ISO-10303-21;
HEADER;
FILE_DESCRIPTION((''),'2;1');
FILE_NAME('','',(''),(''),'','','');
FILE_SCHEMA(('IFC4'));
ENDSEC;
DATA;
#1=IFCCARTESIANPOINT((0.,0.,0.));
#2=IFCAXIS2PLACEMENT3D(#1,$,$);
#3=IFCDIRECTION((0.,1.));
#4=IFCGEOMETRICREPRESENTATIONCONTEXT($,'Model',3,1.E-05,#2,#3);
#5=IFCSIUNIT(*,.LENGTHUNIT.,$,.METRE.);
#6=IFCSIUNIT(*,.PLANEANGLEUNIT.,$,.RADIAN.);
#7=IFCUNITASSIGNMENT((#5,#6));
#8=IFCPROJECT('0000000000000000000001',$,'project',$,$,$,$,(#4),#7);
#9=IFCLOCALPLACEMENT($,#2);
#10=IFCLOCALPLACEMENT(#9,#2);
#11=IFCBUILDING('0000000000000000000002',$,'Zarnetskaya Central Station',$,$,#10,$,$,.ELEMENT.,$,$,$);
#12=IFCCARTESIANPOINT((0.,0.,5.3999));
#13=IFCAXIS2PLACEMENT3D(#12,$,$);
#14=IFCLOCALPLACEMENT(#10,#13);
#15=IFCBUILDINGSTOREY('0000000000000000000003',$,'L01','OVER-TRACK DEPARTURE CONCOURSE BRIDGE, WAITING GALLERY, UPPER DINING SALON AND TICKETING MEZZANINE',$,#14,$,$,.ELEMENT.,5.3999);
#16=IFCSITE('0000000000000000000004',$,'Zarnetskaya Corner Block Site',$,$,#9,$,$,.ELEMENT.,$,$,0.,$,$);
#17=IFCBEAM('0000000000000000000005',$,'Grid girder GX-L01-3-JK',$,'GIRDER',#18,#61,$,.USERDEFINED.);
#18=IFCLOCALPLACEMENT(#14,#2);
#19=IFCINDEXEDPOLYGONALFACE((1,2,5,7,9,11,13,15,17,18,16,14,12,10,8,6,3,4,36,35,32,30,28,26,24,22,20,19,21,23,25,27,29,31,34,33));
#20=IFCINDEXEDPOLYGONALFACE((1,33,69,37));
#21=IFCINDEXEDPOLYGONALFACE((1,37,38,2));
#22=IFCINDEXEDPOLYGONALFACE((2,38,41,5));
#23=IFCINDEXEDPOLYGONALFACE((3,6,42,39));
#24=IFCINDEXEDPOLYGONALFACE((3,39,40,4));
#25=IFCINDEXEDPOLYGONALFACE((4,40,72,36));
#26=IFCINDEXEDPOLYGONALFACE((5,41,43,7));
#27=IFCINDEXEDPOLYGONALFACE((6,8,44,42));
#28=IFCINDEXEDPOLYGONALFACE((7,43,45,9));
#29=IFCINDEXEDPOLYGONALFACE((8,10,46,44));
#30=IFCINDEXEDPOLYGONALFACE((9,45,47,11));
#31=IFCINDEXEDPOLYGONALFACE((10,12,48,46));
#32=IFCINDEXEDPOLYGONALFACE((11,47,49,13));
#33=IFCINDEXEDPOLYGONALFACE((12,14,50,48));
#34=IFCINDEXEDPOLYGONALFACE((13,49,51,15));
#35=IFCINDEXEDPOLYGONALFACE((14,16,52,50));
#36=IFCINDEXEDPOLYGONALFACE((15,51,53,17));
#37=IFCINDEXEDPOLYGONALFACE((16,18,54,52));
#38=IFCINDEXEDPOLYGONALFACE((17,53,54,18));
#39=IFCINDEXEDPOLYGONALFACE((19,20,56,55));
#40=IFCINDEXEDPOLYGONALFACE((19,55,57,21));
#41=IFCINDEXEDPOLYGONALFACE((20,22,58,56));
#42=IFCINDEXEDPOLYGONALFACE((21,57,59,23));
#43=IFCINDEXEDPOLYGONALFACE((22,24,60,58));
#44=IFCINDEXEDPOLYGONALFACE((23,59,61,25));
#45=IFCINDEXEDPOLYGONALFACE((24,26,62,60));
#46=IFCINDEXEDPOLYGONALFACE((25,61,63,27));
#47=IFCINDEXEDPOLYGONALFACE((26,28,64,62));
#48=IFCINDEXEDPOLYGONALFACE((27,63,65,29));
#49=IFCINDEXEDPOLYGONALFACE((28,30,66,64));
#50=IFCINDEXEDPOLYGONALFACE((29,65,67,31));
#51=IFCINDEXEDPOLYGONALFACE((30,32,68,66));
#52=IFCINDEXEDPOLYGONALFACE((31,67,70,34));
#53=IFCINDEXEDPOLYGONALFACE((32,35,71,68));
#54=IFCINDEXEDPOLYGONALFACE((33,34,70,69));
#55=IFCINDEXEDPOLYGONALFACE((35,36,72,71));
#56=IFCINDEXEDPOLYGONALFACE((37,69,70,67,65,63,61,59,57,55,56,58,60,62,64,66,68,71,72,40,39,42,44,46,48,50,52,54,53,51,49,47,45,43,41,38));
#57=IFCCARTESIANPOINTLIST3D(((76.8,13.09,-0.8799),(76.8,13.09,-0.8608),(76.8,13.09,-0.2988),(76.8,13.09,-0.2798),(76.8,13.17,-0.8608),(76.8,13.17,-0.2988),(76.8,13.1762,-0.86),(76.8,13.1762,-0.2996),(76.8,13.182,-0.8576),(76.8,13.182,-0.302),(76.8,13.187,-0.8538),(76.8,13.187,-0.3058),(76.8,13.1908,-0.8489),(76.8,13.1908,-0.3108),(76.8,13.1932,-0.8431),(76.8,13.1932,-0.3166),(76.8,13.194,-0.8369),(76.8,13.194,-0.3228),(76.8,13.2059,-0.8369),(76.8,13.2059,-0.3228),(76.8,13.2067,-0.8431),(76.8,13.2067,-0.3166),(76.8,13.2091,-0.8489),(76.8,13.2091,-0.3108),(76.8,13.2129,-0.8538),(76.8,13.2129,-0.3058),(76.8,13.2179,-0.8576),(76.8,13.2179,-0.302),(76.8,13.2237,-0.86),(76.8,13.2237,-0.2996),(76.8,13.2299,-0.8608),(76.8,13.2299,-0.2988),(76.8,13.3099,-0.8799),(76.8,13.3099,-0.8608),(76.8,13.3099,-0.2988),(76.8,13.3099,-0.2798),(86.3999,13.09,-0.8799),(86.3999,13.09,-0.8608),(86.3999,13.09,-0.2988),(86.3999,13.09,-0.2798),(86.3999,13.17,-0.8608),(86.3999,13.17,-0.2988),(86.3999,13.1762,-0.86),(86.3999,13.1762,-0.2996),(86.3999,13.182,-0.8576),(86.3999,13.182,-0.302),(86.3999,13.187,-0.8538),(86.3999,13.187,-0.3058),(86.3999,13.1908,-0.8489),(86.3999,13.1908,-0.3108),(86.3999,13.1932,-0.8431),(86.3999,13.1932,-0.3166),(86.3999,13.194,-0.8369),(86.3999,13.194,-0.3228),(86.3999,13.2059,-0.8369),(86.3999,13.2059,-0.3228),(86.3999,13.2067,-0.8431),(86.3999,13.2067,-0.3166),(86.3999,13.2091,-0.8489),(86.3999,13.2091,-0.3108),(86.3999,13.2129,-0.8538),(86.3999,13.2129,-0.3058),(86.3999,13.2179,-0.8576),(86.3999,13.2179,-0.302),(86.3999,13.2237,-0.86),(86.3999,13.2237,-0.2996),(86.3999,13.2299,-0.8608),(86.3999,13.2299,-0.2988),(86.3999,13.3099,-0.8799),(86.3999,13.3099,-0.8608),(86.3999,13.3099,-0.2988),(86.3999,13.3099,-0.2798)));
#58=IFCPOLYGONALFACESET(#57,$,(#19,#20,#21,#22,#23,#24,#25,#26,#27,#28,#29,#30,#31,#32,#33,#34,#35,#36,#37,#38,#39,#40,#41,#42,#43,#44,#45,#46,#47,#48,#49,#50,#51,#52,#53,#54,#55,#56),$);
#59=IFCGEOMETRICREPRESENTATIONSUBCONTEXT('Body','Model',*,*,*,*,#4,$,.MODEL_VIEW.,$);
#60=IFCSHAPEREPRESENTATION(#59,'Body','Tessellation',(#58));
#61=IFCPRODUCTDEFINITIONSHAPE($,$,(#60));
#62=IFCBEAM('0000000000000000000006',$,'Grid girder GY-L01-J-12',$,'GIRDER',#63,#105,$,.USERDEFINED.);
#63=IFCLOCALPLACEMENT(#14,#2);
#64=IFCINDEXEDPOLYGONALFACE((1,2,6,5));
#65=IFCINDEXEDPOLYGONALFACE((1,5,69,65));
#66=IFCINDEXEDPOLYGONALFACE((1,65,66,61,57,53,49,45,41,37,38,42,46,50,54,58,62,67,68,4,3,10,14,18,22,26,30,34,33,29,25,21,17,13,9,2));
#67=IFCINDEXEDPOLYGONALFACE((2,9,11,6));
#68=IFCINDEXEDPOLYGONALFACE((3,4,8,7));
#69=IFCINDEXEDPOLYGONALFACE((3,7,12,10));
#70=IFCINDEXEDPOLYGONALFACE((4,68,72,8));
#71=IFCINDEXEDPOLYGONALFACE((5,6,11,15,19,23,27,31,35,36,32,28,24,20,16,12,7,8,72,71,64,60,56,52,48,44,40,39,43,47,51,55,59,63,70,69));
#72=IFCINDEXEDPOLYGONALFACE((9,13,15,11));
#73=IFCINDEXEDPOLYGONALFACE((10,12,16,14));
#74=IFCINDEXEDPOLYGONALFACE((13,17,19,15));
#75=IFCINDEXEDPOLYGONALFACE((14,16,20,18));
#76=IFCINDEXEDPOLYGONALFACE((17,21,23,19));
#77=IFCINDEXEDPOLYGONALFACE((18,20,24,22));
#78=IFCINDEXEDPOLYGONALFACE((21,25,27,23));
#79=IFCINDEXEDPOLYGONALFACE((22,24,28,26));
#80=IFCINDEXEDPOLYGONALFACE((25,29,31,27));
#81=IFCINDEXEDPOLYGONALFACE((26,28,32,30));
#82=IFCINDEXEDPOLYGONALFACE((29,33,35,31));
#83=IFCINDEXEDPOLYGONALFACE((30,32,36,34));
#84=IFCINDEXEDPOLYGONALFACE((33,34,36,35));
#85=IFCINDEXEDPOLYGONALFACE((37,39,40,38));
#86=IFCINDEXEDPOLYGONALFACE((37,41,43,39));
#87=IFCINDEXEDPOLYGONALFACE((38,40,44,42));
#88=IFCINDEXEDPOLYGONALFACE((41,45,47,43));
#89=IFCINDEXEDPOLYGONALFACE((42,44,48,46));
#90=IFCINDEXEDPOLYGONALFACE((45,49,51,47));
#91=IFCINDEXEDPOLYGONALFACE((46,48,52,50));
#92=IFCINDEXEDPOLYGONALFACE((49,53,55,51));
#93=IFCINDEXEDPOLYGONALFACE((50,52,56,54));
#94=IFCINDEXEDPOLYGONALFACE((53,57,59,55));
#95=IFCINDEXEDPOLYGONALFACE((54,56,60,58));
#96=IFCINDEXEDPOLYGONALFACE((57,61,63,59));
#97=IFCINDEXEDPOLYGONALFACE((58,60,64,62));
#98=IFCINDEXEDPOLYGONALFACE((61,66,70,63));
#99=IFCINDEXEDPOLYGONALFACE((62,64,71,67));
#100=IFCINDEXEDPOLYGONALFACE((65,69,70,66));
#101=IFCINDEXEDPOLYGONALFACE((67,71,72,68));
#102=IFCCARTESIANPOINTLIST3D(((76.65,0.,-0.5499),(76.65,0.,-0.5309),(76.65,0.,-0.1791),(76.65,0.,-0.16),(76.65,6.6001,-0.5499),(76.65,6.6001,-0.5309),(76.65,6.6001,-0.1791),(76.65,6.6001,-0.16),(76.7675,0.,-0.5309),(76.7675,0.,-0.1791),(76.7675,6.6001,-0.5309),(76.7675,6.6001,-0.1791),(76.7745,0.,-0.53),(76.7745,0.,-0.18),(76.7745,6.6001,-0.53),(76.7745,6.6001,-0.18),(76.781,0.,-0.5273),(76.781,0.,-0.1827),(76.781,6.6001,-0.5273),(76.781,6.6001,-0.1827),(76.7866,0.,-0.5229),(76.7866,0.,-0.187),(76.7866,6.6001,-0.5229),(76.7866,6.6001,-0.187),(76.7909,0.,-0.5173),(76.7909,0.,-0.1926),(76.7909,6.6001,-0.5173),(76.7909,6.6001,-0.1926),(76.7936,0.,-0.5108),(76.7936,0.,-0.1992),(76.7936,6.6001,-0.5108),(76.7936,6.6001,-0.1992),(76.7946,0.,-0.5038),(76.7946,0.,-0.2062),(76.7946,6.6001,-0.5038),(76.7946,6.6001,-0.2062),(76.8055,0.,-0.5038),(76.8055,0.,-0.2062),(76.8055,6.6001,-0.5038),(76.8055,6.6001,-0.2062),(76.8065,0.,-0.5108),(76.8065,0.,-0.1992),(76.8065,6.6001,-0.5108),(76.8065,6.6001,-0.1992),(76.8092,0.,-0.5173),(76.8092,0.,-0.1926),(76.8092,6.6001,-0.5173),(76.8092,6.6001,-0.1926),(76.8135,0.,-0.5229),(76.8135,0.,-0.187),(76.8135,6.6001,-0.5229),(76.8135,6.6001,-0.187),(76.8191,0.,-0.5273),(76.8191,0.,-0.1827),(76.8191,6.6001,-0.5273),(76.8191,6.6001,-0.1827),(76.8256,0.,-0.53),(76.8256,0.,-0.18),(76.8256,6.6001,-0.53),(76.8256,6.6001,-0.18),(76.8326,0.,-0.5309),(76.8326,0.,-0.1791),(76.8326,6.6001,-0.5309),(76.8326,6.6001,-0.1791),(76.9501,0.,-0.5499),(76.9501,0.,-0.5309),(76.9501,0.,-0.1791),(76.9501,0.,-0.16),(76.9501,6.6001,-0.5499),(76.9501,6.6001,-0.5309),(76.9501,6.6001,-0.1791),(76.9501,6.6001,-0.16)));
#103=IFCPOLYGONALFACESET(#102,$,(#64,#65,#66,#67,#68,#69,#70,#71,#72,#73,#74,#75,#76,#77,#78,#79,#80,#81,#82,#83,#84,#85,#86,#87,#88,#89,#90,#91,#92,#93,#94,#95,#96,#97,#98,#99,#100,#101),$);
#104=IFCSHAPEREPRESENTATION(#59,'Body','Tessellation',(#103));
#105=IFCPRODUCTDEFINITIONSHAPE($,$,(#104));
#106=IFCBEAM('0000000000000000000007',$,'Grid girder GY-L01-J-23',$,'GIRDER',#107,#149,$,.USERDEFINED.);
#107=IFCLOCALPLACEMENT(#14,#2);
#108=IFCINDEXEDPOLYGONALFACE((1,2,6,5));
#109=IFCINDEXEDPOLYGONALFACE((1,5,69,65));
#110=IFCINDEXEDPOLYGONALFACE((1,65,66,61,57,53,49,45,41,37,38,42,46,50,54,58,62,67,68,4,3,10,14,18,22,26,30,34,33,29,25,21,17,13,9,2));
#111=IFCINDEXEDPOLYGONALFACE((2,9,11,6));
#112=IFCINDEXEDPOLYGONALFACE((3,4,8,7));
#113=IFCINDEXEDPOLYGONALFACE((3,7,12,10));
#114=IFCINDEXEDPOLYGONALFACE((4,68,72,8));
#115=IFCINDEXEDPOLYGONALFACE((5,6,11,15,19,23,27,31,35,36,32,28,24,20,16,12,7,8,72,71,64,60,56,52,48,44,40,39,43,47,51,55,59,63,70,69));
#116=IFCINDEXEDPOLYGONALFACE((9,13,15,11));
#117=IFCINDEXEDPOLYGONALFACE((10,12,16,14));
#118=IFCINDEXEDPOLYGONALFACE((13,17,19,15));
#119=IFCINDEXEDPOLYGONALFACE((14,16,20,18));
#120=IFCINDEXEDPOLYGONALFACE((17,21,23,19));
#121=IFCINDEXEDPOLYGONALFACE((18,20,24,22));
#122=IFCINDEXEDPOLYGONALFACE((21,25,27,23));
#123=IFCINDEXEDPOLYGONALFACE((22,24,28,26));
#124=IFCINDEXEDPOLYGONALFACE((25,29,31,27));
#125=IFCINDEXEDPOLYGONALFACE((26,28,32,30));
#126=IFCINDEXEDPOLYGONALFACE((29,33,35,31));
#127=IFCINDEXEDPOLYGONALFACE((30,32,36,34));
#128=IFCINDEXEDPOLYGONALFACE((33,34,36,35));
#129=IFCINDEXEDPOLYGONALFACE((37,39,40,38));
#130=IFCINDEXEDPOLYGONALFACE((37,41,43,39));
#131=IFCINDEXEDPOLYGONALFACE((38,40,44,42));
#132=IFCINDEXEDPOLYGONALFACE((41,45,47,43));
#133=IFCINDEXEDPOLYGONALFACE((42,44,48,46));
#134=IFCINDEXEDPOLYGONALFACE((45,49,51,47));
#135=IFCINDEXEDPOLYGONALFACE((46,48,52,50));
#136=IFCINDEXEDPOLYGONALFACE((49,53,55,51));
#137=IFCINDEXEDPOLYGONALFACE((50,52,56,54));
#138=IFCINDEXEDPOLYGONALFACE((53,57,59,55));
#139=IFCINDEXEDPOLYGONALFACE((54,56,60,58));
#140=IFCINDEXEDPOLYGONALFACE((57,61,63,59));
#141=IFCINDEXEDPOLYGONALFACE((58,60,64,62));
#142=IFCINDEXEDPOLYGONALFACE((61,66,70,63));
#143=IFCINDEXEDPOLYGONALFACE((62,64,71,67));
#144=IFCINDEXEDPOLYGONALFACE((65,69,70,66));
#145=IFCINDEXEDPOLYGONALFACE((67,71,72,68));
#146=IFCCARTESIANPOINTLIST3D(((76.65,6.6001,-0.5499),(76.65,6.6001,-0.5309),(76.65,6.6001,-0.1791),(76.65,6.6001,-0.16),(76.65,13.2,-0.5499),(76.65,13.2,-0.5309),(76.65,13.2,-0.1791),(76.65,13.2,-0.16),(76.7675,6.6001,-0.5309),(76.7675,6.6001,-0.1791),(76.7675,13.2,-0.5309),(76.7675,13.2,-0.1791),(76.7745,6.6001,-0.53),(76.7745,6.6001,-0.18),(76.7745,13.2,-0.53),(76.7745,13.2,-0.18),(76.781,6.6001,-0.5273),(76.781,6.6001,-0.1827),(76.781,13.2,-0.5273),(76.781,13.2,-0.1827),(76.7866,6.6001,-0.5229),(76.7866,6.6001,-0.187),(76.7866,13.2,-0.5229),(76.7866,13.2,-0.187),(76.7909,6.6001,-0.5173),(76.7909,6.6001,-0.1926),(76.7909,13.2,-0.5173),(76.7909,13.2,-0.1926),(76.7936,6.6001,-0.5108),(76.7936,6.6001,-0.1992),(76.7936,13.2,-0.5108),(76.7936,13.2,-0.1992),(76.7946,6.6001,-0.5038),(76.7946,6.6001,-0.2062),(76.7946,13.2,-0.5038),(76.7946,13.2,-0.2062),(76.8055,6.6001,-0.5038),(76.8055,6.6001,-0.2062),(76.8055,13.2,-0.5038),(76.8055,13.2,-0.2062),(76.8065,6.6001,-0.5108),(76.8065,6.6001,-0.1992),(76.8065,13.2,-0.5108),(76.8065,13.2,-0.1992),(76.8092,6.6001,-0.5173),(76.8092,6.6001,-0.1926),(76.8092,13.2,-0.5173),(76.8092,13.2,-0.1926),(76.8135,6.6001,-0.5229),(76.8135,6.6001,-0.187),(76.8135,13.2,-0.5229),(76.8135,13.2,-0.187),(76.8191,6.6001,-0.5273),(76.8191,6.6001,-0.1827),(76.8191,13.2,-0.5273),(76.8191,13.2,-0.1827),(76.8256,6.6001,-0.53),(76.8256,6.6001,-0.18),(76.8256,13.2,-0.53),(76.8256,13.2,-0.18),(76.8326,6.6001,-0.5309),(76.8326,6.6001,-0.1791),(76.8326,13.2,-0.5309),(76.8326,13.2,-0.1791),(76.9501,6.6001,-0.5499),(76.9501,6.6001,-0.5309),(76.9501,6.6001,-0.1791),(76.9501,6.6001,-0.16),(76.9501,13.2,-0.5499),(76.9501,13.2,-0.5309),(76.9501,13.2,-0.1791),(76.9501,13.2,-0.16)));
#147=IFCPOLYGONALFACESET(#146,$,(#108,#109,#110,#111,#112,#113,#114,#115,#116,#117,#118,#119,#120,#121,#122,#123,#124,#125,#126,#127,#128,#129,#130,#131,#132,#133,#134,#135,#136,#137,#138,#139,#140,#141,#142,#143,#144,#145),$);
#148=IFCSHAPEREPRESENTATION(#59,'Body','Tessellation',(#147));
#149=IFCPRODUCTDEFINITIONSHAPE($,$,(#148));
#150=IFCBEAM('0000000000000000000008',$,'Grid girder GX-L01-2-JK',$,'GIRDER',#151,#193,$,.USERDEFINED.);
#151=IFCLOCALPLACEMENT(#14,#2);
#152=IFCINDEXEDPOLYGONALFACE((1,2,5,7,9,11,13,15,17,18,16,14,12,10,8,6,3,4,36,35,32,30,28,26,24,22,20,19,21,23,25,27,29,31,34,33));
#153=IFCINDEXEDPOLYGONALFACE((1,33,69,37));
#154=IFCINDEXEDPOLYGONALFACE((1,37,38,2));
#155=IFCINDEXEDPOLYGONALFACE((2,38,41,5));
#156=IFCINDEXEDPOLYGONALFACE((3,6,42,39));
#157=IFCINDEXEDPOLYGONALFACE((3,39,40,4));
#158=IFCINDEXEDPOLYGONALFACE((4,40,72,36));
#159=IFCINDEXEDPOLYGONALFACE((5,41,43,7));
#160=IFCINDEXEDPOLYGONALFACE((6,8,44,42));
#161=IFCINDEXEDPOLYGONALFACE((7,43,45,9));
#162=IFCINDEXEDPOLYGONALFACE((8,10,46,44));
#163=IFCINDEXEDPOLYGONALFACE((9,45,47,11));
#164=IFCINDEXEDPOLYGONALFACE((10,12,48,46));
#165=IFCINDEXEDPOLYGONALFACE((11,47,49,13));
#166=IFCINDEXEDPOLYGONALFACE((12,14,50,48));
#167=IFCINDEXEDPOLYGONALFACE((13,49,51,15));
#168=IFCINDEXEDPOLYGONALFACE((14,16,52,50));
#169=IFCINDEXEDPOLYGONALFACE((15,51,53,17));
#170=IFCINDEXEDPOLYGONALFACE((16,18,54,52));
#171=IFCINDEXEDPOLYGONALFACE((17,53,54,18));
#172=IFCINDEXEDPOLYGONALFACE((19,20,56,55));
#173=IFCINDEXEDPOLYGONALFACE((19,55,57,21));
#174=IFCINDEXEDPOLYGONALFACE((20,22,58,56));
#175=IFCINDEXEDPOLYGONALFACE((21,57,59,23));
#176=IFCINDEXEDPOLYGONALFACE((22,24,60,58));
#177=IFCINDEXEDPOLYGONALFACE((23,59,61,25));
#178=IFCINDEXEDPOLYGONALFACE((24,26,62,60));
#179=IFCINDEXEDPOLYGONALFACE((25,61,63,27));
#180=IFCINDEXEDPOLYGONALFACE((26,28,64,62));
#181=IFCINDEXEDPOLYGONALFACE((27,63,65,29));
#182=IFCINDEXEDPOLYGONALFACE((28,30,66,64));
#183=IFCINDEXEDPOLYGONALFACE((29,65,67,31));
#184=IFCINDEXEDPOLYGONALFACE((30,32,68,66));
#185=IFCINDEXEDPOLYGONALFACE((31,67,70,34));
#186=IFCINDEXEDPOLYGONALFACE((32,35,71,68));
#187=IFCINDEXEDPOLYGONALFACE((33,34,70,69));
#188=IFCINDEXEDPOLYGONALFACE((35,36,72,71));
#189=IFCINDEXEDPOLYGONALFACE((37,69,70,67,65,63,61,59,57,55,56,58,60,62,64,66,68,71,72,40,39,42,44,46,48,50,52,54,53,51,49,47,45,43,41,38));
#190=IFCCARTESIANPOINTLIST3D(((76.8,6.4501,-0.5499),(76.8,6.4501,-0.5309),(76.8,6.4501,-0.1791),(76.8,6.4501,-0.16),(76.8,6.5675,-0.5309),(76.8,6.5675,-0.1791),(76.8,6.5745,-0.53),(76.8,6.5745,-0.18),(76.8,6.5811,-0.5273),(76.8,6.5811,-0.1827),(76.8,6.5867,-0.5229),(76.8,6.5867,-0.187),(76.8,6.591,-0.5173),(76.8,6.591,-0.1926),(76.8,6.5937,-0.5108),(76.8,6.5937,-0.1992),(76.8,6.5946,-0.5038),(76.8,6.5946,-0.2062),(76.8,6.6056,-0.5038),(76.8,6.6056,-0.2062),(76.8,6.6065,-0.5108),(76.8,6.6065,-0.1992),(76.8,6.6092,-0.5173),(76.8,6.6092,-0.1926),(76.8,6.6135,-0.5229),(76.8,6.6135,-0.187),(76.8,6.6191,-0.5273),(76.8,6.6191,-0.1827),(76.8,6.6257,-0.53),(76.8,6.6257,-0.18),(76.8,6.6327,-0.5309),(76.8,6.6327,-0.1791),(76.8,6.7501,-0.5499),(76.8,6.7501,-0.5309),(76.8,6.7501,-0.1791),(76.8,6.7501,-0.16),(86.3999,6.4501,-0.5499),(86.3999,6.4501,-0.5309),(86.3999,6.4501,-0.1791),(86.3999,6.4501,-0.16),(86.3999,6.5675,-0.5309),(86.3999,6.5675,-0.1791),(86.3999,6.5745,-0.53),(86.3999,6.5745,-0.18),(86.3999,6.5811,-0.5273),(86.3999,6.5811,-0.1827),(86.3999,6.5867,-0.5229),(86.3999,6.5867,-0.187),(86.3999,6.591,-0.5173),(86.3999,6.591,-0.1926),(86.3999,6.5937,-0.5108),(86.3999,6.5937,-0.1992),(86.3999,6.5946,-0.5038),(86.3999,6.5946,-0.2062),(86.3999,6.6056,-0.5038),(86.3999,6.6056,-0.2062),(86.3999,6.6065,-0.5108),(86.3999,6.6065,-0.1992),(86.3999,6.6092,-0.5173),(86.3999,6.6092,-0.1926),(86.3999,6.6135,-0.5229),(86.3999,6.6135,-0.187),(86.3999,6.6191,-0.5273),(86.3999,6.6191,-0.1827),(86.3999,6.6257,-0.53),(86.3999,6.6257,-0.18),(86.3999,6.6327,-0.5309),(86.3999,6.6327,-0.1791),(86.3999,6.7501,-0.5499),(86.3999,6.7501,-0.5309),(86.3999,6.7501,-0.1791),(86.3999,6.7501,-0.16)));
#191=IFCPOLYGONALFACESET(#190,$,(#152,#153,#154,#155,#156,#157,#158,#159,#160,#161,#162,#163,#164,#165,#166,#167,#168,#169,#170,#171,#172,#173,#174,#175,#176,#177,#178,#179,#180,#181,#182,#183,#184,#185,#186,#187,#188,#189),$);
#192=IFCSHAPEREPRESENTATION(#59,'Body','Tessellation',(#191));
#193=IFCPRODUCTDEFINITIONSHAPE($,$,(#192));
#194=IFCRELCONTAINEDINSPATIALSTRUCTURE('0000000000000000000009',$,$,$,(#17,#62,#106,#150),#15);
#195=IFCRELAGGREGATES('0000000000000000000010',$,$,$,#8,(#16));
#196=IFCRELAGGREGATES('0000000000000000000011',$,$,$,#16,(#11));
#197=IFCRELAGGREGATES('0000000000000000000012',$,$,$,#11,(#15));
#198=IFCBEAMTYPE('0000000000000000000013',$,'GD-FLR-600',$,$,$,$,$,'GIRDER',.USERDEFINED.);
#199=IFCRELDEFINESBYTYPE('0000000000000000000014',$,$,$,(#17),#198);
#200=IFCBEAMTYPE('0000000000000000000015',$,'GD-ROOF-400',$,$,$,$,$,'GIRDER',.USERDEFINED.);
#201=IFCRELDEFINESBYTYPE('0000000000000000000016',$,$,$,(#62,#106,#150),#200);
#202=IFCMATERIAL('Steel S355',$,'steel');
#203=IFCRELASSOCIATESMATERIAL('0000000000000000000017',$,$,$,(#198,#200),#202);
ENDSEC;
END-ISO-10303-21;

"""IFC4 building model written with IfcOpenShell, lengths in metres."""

from ifc_helpers import new_model, si_unit, direction, frame, origin, origin_2d, place, context, subcontext, project, spatial, i_section, extrude, material, material_profile, profile_set, type_object, element, save


model = new_model("IFC4")

# Units and contexts
model_context = context("Model", 3, precision=1e-05, world=origin(), true_north=direction((0.0, 1.0)))
body_context = subcontext(model_context, "Body", "Model", "MODEL_VIEW")
ifc_project = project(units=[si_unit("LENGTHUNIT", "METRE"), si_unit("PLANEANGLEUNIT", "RADIAN")], contexts=[model_context])

# Site, building, storey
site_placement = place(None, origin())
site = spatial("IfcSite", under=ifc_project, at=site_placement, Name="Zarnetskaya Corner Block Site", CompositionType="ELEMENT", RefElevation=0.0)
building_placement = place(site_placement, origin())
building = spatial("IfcBuilding", under=site, at=building_placement, Name="Zarnetskaya Central Station", CompositionType="ELEMENT")
storey_placement = place(building_placement, frame((0.0, 0.0, 5.3999)))
storey = spatial("IfcBuildingStorey", under=building, at=storey_placement, Name="L01", Description="OVER-TRACK DEPARTURE CONCOURSE BRIDGE, WAITING GALLERY, UPPER DINING SALON AND TICKETING MEZZANINE", CompositionType="ELEMENT", Elevation=5.3999)

# Shared definitions
ifc_material_1 = material(Name="Steel S355", Category="steel")

# Beams
ifc_material_profile_1 = material_profile(ifc_material_1, i_section(OverallWidth=0.22, OverallDepth=0.6001, WebThickness=0.012, FlangeThickness=0.019, FilletRadius=0.0239, at=origin_2d()), Name="IPE 600")
ifc_profile_set_1 = profile_set([ifc_material_profile_1], Name="Steel S355")
beam_type_1 = type_object("IfcBeamType", Name="GD-FLR-600", ElementType="GIRDER", PredefinedType="USERDEFINED", material=ifc_profile_set_1)
beam_1_placement = place(storey_placement, frame((76.8, 13.2, -0.5798), z_axis=(1.0, 0.0, 0.0), x_axis=(0.0, 1.0, 0.0)))
element("IfcBeam", 1, at=beam_1_placement, inside=storey, type_object=beam_type_1, Name="Grid girder GX-L01-3-JK", ObjectType="GIRDER", PredefinedType="USERDEFINED", context=body_context, shape_type="SweptSolid", body=[
    extrude(i_section(OverallWidth=0.22, OverallDepth=0.6001, WebThickness=0.012, FlangeThickness=0.019, FilletRadius=0.0239, at=origin_2d()), origin(), (0.0, 0.0, 1.0), 9.5999),
])
ifc_material_profile_2 = material_profile(ifc_material_1, i_section(OverallWidth=0.3, OverallDepth=0.3899, WebThickness=0.011, FlangeThickness=0.019, FilletRadius=0.0271, at=origin_2d()), Name="HEA 400")
ifc_profile_set_2 = profile_set([ifc_material_profile_2], Name="Steel S355")
beam_type_2 = type_object("IfcBeamType", Name="GD-ROOF-400", ElementType="GIRDER", PredefinedType="USERDEFINED", material=ifc_profile_set_2)
beam_2_placement = place(storey_placement, frame((76.8, 0.0, -0.355), z_axis=(0.0, 1.0, 0.0), x_axis=(-1.0, 0.0, 0.0)))
element("IfcBeam", 2, at=beam_2_placement, inside=storey, type_object=beam_type_2, Name="Grid girder GY-L01-J-12", ObjectType="GIRDER", PredefinedType="USERDEFINED", context=body_context, shape_type="SweptSolid", body=[
    extrude(i_section(OverallWidth=0.3, OverallDepth=0.3899, WebThickness=0.011, FlangeThickness=0.019, FilletRadius=0.0271, at=origin_2d()), origin(), (0.0, 0.0, 1.0), 6.6001),
])
beam_3_placement = place(storey_placement, frame((76.8, 6.6001, -0.355), z_axis=(0.0, 1.0, 0.0), x_axis=(-1.0, 0.0, 0.0)))
element("IfcBeam", 3, at=beam_3_placement, inside=storey, type_object=beam_type_2, Name="Grid girder GY-L01-J-23", ObjectType="GIRDER", PredefinedType="USERDEFINED", context=body_context, shape_type="SweptSolid", body=[
    extrude(i_section(OverallWidth=0.3, OverallDepth=0.3899, WebThickness=0.011, FlangeThickness=0.019, FilletRadius=0.0271, at=origin_2d()), origin(), (0.0, 0.0, 1.0), 6.5999),
])
beam_4_placement = place(storey_placement, frame((76.8, 6.6001, -0.355), z_axis=(1.0, 0.0, 0.0), x_axis=(0.0, 1.0, 0.0)))
element("IfcBeam", 4, at=beam_4_placement, inside=storey, type_object=beam_type_2, Name="Grid girder GX-L01-2-JK", ObjectType="GIRDER", PredefinedType="USERDEFINED", context=body_context, shape_type="SweptSolid", body=[
    extrude(i_section(OverallWidth=0.3, OverallDepth=0.3899, WebThickness=0.011, FlangeThickness=0.019, FilletRadius=0.0271, at=origin_2d()), origin(), (0.0, 0.0, 1.0), 9.5999),
])

save(model, "model.ifc")
